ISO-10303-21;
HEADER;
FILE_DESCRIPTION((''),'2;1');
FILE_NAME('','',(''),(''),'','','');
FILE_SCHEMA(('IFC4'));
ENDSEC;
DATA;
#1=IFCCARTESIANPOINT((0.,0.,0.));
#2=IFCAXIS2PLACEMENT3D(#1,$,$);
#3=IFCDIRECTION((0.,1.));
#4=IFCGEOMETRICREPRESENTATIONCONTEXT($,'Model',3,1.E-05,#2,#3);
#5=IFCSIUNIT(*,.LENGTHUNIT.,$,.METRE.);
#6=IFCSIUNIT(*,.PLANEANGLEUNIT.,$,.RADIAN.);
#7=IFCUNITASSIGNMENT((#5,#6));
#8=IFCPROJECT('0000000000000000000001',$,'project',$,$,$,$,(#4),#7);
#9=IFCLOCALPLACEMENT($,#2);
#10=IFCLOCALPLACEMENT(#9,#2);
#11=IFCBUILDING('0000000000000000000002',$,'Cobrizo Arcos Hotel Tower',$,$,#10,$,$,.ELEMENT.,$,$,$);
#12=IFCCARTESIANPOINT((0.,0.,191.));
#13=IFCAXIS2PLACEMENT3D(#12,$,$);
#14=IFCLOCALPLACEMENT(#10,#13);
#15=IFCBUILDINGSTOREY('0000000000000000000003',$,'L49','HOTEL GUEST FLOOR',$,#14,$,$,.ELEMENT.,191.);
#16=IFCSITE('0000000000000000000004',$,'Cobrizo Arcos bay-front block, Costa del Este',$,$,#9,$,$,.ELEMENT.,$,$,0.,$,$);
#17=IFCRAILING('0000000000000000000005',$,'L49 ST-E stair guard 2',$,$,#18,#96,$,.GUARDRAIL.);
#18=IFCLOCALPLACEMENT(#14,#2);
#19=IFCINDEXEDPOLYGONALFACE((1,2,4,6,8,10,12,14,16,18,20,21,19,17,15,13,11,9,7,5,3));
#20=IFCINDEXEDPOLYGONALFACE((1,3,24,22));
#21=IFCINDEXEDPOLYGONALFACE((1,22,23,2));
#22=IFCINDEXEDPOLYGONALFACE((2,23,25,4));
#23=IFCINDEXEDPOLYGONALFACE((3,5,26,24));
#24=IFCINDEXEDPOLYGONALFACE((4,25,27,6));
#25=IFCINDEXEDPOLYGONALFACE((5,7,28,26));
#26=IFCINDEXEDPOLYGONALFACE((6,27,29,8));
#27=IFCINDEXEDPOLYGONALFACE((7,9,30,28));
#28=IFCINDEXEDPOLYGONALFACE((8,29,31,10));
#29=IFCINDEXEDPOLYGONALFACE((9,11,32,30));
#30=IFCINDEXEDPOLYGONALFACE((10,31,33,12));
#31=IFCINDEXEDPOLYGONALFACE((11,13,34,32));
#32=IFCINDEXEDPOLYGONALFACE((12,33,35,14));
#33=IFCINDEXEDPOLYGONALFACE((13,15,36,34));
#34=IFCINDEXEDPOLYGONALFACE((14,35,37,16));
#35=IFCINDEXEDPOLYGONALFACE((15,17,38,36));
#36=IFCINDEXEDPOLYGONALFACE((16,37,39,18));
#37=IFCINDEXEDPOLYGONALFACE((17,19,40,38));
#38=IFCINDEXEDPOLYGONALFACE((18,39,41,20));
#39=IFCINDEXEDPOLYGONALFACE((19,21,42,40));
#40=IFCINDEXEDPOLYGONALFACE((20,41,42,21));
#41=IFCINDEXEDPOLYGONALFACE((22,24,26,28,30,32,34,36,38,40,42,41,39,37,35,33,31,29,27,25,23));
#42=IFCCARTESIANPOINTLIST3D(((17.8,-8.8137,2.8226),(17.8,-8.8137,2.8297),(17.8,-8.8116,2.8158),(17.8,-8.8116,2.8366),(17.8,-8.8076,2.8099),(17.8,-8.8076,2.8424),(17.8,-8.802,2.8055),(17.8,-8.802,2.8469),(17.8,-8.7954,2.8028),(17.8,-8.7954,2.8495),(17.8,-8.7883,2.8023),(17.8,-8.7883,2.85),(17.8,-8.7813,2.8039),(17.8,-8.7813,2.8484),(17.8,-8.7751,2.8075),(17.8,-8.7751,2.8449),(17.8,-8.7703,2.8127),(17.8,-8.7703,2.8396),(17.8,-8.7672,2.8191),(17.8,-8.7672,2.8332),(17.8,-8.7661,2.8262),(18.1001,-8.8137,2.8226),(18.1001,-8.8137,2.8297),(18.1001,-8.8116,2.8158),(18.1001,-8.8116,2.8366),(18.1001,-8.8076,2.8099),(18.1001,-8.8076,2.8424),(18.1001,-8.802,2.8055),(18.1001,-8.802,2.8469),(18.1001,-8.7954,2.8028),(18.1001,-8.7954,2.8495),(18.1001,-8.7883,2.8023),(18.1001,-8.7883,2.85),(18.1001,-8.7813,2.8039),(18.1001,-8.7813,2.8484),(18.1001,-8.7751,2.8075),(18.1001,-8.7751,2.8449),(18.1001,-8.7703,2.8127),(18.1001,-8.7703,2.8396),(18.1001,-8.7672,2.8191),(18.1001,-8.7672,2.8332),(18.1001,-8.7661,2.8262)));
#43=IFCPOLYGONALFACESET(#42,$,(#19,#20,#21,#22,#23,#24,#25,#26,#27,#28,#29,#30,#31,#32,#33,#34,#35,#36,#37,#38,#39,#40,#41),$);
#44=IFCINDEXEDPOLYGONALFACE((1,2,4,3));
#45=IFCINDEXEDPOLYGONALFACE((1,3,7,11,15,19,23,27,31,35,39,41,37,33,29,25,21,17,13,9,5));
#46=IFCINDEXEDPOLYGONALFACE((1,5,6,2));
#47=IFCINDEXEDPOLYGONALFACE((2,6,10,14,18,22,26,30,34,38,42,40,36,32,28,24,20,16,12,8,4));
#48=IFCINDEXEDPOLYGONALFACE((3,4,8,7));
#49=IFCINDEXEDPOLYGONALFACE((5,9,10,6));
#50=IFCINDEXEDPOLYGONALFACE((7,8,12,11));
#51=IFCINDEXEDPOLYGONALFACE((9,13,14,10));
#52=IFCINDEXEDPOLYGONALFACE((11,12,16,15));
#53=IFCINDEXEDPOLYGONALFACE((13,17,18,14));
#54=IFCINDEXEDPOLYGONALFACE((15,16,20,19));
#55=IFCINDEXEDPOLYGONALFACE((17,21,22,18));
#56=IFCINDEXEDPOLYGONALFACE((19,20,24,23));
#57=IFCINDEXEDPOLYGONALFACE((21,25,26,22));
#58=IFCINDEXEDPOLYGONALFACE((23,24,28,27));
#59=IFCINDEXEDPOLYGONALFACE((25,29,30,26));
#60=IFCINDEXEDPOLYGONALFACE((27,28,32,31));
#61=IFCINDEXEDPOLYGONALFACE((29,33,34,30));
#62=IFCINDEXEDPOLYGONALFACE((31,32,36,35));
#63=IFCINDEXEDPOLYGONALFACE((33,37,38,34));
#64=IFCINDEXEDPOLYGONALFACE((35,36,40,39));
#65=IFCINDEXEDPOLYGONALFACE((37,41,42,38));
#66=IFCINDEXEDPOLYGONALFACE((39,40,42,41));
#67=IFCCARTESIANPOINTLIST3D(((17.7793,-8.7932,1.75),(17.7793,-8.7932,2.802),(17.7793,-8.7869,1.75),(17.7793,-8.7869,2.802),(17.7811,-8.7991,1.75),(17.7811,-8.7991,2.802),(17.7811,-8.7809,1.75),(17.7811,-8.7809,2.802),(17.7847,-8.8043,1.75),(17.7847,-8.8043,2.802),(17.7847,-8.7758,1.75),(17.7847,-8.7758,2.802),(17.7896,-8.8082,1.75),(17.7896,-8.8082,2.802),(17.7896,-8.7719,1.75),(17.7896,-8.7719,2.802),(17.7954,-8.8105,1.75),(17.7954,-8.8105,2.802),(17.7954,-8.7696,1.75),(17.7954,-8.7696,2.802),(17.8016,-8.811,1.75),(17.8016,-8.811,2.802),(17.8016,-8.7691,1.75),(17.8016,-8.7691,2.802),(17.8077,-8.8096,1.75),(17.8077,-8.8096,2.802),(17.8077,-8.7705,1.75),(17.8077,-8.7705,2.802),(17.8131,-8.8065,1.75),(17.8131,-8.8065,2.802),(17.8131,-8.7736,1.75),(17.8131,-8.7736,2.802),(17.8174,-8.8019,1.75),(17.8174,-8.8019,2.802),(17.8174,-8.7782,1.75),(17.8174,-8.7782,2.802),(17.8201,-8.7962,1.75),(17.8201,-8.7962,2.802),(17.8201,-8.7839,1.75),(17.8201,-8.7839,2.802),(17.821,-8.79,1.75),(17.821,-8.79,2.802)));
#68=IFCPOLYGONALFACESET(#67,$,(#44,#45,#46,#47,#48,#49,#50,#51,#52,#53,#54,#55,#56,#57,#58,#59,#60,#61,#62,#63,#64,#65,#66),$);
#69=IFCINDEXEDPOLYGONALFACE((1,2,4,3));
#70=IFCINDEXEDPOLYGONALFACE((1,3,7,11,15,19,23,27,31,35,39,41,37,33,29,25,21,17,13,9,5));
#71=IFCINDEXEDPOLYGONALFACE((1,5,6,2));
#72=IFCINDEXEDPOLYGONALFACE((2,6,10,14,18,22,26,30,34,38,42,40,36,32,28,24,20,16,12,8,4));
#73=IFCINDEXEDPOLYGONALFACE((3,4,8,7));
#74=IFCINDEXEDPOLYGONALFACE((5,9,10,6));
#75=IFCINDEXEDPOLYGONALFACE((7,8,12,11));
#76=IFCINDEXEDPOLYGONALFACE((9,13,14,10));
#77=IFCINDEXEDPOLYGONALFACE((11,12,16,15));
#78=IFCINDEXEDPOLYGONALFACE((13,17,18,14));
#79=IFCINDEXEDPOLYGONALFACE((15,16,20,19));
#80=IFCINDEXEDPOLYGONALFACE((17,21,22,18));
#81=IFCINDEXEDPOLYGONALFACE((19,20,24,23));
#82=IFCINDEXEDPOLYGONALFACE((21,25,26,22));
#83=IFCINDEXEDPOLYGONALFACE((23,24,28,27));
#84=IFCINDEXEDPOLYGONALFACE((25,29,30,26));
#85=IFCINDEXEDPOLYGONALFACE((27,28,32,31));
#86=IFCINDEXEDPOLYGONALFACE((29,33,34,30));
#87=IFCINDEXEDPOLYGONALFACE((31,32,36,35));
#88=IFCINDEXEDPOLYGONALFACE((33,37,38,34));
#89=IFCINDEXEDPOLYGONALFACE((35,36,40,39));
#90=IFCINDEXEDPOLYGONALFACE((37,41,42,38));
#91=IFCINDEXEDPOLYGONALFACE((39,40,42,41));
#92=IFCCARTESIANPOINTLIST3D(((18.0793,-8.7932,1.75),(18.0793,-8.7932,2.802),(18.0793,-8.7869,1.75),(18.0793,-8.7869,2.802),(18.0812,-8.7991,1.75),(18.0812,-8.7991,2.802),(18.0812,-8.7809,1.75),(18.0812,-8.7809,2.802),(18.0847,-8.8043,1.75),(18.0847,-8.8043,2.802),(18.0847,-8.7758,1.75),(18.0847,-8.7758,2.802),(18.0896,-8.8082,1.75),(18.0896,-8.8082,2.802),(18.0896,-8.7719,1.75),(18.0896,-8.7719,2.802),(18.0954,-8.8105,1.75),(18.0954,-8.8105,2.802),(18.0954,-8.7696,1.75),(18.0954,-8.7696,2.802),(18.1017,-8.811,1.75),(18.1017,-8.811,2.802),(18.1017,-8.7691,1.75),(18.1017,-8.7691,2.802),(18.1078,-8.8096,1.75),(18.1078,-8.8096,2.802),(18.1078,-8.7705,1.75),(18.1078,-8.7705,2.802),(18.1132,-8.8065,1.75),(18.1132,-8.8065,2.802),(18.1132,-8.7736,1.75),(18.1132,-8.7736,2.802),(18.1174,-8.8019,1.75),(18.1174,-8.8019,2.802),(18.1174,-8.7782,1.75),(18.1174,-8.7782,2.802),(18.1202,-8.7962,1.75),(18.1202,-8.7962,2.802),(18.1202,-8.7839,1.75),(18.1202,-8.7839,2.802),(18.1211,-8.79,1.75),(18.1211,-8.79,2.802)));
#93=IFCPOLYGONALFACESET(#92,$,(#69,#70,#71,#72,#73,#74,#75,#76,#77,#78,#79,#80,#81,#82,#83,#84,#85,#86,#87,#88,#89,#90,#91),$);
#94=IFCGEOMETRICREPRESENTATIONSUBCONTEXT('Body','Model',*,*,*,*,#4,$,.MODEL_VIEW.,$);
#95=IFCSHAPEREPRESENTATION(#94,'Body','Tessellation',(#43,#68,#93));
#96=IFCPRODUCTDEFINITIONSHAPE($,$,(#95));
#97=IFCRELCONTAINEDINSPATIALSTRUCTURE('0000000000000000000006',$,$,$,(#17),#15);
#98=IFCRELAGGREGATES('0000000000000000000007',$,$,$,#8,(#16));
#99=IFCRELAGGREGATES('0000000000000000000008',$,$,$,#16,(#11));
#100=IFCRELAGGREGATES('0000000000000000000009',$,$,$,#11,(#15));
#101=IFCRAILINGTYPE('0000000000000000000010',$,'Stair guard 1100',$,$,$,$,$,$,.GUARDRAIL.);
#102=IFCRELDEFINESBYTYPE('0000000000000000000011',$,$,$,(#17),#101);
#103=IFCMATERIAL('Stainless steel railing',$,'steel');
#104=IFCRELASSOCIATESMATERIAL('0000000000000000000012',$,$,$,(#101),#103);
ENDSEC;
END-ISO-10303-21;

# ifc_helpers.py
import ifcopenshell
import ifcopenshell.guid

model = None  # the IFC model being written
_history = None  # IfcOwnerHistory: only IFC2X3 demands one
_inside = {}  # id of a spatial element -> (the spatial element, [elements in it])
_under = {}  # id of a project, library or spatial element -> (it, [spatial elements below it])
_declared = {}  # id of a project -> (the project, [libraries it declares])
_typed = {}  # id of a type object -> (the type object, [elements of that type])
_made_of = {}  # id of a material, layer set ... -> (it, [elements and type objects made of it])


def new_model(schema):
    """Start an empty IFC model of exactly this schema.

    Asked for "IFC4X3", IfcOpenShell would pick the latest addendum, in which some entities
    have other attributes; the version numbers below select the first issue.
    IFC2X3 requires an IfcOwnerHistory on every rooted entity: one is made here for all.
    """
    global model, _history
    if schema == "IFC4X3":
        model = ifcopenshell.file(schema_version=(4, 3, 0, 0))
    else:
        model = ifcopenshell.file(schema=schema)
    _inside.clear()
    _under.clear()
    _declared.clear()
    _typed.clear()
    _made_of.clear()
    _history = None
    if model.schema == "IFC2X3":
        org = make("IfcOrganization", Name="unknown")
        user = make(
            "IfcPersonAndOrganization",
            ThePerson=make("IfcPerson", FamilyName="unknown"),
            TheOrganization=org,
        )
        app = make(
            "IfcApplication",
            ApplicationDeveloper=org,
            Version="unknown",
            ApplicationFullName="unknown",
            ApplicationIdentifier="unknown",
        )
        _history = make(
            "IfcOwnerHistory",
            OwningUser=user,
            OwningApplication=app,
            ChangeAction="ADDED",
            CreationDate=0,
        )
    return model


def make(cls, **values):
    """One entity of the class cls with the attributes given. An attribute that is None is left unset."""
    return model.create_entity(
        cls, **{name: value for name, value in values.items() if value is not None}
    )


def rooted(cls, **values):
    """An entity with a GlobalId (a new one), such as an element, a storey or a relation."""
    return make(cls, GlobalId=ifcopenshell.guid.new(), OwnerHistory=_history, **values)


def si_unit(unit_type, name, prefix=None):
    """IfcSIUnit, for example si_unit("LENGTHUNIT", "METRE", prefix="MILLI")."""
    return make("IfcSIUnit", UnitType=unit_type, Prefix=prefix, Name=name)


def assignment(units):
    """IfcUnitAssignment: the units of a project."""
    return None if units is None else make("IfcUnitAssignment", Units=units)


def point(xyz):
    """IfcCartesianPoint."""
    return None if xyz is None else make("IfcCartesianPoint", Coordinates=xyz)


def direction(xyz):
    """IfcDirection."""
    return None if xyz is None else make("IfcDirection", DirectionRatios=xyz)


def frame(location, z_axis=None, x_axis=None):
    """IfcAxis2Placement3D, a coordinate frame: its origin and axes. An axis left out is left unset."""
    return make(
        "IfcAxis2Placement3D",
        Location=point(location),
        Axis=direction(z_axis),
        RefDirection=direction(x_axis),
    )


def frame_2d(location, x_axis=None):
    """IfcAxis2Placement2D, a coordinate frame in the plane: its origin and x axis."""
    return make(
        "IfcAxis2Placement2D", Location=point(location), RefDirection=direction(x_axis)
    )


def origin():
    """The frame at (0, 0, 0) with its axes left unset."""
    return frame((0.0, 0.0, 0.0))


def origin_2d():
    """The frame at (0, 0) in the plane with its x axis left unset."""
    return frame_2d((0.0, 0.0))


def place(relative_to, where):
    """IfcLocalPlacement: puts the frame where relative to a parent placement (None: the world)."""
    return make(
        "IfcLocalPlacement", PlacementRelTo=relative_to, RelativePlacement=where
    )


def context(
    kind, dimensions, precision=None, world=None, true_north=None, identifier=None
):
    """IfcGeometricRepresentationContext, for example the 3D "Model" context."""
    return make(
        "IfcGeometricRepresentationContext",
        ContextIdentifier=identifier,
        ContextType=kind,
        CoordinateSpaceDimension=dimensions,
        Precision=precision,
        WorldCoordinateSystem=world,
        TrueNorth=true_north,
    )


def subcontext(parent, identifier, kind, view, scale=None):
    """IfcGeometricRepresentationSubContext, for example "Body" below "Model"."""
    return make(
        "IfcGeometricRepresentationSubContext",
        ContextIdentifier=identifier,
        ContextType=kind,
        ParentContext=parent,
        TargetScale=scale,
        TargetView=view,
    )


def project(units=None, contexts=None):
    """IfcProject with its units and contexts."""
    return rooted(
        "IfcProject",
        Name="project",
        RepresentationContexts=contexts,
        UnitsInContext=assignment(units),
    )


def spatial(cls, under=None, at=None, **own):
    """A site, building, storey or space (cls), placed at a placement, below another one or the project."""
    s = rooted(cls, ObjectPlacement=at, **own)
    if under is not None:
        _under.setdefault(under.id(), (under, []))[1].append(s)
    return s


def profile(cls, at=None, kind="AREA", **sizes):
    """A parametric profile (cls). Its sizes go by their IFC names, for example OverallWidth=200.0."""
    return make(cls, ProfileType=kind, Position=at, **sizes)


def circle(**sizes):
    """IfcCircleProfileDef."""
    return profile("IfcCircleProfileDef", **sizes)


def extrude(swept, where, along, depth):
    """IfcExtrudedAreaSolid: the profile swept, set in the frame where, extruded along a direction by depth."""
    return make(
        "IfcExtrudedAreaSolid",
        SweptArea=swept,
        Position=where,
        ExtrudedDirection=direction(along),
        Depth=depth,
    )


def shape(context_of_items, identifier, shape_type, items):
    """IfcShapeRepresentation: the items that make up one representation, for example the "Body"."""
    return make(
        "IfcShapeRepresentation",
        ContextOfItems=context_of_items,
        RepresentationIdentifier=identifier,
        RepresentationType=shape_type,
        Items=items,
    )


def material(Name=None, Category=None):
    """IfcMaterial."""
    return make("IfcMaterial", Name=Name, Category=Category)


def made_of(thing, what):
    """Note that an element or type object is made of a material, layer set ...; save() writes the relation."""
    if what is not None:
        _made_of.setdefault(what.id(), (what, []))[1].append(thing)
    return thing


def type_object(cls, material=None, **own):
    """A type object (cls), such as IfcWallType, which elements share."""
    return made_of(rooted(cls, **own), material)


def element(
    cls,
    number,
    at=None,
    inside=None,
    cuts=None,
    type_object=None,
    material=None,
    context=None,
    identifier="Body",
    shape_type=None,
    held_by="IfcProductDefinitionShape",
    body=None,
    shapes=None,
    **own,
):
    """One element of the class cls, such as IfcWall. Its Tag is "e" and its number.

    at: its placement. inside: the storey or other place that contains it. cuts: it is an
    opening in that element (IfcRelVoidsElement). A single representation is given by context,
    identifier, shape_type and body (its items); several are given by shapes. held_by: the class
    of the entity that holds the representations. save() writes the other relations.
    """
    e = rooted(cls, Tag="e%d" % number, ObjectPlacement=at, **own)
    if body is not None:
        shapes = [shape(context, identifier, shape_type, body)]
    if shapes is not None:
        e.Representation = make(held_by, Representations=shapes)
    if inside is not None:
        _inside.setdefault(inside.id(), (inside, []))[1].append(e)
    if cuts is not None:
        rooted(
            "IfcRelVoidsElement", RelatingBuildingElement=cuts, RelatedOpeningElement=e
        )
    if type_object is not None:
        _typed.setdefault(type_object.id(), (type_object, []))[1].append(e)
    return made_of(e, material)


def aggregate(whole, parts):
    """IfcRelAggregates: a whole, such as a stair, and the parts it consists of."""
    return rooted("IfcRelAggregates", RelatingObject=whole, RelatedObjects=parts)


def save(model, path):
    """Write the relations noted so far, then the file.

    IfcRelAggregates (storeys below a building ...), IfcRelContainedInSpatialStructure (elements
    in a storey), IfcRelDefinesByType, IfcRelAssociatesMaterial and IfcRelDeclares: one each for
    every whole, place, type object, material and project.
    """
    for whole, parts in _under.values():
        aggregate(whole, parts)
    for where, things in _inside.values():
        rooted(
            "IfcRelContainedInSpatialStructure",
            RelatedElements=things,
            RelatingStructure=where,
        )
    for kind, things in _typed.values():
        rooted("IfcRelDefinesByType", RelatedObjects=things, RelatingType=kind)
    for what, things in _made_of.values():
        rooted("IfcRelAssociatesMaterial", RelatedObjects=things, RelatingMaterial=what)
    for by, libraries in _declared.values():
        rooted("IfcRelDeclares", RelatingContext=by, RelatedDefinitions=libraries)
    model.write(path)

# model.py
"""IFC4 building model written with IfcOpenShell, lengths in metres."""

from ifc_helpers import new_model, si_unit, direction, frame, origin, origin_2d, place, context, subcontext, project, spatial, circle, extrude, material, type_object, element, save


model = new_model("IFC4")

# Units and contexts
model_context = context("Model", 3, precision=1e-05, world=origin(), true_north=direction((0.0, 1.0)))
body_context = subcontext(model_context, "Body", "Model", "MODEL_VIEW")
ifc_project = project(units=[si_unit("LENGTHUNIT", "METRE"), si_unit("PLANEANGLEUNIT", "RADIAN")], contexts=[model_context])

# Site, building, storey
site_placement = place(None, origin())
site = spatial("IfcSite", under=ifc_project, at=site_placement, Name="Cobrizo Arcos bay-front block, Costa del Este", CompositionType="ELEMENT", RefElevation=0.0)
building_placement = place(site_placement, origin())
building = spatial("IfcBuilding", under=site, at=building_placement, Name="Cobrizo Arcos Hotel Tower", CompositionType="ELEMENT")
storey_placement = place(building_placement, frame((0.0, 0.0, 191.0)))
storey = spatial("IfcBuildingStorey", under=building, at=storey_placement, Name="L49", Description="HOTEL GUEST FLOOR", CompositionType="ELEMENT", Elevation=191.0)

# Railing
ifc_material_1 = material(Name="Stainless steel railing", Category="steel")
railing_type_1 = type_object("IfcRailingType", Name="Stair guard 1100", PredefinedType="GUARDRAIL", material=ifc_material_1)
railing_1_placement = place(storey_placement, frame((17.8, -8.79, 1.75)))
element("IfcRailing", 1, at=railing_1_placement, inside=storey, type_object=railing_type_1, Name="L49 ST-E stair guard 2", PredefinedType="GUARDRAIL", context=body_context, shape_type="SweptSolid", body=[
    extrude(circle(Radius=0.0239, at=origin_2d()), frame((0.0, 0.0, 1.0762), z_axis=(1.0, 0.0, 0.0), x_axis=(0.0, 1.0, 0.0)), (0.0, 0.0, 1.0), 0.3),
    extrude(circle(Radius=0.021, at=origin_2d()), origin(), (0.0, 0.0, 1.0), 1.052),
    extrude(circle(Radius=0.021, at=origin_2d()), frame((0.3, 0.0, 0.0)), (0.0, 0.0, 1.0), 1.052),
])

save(model, "model.ifc")
